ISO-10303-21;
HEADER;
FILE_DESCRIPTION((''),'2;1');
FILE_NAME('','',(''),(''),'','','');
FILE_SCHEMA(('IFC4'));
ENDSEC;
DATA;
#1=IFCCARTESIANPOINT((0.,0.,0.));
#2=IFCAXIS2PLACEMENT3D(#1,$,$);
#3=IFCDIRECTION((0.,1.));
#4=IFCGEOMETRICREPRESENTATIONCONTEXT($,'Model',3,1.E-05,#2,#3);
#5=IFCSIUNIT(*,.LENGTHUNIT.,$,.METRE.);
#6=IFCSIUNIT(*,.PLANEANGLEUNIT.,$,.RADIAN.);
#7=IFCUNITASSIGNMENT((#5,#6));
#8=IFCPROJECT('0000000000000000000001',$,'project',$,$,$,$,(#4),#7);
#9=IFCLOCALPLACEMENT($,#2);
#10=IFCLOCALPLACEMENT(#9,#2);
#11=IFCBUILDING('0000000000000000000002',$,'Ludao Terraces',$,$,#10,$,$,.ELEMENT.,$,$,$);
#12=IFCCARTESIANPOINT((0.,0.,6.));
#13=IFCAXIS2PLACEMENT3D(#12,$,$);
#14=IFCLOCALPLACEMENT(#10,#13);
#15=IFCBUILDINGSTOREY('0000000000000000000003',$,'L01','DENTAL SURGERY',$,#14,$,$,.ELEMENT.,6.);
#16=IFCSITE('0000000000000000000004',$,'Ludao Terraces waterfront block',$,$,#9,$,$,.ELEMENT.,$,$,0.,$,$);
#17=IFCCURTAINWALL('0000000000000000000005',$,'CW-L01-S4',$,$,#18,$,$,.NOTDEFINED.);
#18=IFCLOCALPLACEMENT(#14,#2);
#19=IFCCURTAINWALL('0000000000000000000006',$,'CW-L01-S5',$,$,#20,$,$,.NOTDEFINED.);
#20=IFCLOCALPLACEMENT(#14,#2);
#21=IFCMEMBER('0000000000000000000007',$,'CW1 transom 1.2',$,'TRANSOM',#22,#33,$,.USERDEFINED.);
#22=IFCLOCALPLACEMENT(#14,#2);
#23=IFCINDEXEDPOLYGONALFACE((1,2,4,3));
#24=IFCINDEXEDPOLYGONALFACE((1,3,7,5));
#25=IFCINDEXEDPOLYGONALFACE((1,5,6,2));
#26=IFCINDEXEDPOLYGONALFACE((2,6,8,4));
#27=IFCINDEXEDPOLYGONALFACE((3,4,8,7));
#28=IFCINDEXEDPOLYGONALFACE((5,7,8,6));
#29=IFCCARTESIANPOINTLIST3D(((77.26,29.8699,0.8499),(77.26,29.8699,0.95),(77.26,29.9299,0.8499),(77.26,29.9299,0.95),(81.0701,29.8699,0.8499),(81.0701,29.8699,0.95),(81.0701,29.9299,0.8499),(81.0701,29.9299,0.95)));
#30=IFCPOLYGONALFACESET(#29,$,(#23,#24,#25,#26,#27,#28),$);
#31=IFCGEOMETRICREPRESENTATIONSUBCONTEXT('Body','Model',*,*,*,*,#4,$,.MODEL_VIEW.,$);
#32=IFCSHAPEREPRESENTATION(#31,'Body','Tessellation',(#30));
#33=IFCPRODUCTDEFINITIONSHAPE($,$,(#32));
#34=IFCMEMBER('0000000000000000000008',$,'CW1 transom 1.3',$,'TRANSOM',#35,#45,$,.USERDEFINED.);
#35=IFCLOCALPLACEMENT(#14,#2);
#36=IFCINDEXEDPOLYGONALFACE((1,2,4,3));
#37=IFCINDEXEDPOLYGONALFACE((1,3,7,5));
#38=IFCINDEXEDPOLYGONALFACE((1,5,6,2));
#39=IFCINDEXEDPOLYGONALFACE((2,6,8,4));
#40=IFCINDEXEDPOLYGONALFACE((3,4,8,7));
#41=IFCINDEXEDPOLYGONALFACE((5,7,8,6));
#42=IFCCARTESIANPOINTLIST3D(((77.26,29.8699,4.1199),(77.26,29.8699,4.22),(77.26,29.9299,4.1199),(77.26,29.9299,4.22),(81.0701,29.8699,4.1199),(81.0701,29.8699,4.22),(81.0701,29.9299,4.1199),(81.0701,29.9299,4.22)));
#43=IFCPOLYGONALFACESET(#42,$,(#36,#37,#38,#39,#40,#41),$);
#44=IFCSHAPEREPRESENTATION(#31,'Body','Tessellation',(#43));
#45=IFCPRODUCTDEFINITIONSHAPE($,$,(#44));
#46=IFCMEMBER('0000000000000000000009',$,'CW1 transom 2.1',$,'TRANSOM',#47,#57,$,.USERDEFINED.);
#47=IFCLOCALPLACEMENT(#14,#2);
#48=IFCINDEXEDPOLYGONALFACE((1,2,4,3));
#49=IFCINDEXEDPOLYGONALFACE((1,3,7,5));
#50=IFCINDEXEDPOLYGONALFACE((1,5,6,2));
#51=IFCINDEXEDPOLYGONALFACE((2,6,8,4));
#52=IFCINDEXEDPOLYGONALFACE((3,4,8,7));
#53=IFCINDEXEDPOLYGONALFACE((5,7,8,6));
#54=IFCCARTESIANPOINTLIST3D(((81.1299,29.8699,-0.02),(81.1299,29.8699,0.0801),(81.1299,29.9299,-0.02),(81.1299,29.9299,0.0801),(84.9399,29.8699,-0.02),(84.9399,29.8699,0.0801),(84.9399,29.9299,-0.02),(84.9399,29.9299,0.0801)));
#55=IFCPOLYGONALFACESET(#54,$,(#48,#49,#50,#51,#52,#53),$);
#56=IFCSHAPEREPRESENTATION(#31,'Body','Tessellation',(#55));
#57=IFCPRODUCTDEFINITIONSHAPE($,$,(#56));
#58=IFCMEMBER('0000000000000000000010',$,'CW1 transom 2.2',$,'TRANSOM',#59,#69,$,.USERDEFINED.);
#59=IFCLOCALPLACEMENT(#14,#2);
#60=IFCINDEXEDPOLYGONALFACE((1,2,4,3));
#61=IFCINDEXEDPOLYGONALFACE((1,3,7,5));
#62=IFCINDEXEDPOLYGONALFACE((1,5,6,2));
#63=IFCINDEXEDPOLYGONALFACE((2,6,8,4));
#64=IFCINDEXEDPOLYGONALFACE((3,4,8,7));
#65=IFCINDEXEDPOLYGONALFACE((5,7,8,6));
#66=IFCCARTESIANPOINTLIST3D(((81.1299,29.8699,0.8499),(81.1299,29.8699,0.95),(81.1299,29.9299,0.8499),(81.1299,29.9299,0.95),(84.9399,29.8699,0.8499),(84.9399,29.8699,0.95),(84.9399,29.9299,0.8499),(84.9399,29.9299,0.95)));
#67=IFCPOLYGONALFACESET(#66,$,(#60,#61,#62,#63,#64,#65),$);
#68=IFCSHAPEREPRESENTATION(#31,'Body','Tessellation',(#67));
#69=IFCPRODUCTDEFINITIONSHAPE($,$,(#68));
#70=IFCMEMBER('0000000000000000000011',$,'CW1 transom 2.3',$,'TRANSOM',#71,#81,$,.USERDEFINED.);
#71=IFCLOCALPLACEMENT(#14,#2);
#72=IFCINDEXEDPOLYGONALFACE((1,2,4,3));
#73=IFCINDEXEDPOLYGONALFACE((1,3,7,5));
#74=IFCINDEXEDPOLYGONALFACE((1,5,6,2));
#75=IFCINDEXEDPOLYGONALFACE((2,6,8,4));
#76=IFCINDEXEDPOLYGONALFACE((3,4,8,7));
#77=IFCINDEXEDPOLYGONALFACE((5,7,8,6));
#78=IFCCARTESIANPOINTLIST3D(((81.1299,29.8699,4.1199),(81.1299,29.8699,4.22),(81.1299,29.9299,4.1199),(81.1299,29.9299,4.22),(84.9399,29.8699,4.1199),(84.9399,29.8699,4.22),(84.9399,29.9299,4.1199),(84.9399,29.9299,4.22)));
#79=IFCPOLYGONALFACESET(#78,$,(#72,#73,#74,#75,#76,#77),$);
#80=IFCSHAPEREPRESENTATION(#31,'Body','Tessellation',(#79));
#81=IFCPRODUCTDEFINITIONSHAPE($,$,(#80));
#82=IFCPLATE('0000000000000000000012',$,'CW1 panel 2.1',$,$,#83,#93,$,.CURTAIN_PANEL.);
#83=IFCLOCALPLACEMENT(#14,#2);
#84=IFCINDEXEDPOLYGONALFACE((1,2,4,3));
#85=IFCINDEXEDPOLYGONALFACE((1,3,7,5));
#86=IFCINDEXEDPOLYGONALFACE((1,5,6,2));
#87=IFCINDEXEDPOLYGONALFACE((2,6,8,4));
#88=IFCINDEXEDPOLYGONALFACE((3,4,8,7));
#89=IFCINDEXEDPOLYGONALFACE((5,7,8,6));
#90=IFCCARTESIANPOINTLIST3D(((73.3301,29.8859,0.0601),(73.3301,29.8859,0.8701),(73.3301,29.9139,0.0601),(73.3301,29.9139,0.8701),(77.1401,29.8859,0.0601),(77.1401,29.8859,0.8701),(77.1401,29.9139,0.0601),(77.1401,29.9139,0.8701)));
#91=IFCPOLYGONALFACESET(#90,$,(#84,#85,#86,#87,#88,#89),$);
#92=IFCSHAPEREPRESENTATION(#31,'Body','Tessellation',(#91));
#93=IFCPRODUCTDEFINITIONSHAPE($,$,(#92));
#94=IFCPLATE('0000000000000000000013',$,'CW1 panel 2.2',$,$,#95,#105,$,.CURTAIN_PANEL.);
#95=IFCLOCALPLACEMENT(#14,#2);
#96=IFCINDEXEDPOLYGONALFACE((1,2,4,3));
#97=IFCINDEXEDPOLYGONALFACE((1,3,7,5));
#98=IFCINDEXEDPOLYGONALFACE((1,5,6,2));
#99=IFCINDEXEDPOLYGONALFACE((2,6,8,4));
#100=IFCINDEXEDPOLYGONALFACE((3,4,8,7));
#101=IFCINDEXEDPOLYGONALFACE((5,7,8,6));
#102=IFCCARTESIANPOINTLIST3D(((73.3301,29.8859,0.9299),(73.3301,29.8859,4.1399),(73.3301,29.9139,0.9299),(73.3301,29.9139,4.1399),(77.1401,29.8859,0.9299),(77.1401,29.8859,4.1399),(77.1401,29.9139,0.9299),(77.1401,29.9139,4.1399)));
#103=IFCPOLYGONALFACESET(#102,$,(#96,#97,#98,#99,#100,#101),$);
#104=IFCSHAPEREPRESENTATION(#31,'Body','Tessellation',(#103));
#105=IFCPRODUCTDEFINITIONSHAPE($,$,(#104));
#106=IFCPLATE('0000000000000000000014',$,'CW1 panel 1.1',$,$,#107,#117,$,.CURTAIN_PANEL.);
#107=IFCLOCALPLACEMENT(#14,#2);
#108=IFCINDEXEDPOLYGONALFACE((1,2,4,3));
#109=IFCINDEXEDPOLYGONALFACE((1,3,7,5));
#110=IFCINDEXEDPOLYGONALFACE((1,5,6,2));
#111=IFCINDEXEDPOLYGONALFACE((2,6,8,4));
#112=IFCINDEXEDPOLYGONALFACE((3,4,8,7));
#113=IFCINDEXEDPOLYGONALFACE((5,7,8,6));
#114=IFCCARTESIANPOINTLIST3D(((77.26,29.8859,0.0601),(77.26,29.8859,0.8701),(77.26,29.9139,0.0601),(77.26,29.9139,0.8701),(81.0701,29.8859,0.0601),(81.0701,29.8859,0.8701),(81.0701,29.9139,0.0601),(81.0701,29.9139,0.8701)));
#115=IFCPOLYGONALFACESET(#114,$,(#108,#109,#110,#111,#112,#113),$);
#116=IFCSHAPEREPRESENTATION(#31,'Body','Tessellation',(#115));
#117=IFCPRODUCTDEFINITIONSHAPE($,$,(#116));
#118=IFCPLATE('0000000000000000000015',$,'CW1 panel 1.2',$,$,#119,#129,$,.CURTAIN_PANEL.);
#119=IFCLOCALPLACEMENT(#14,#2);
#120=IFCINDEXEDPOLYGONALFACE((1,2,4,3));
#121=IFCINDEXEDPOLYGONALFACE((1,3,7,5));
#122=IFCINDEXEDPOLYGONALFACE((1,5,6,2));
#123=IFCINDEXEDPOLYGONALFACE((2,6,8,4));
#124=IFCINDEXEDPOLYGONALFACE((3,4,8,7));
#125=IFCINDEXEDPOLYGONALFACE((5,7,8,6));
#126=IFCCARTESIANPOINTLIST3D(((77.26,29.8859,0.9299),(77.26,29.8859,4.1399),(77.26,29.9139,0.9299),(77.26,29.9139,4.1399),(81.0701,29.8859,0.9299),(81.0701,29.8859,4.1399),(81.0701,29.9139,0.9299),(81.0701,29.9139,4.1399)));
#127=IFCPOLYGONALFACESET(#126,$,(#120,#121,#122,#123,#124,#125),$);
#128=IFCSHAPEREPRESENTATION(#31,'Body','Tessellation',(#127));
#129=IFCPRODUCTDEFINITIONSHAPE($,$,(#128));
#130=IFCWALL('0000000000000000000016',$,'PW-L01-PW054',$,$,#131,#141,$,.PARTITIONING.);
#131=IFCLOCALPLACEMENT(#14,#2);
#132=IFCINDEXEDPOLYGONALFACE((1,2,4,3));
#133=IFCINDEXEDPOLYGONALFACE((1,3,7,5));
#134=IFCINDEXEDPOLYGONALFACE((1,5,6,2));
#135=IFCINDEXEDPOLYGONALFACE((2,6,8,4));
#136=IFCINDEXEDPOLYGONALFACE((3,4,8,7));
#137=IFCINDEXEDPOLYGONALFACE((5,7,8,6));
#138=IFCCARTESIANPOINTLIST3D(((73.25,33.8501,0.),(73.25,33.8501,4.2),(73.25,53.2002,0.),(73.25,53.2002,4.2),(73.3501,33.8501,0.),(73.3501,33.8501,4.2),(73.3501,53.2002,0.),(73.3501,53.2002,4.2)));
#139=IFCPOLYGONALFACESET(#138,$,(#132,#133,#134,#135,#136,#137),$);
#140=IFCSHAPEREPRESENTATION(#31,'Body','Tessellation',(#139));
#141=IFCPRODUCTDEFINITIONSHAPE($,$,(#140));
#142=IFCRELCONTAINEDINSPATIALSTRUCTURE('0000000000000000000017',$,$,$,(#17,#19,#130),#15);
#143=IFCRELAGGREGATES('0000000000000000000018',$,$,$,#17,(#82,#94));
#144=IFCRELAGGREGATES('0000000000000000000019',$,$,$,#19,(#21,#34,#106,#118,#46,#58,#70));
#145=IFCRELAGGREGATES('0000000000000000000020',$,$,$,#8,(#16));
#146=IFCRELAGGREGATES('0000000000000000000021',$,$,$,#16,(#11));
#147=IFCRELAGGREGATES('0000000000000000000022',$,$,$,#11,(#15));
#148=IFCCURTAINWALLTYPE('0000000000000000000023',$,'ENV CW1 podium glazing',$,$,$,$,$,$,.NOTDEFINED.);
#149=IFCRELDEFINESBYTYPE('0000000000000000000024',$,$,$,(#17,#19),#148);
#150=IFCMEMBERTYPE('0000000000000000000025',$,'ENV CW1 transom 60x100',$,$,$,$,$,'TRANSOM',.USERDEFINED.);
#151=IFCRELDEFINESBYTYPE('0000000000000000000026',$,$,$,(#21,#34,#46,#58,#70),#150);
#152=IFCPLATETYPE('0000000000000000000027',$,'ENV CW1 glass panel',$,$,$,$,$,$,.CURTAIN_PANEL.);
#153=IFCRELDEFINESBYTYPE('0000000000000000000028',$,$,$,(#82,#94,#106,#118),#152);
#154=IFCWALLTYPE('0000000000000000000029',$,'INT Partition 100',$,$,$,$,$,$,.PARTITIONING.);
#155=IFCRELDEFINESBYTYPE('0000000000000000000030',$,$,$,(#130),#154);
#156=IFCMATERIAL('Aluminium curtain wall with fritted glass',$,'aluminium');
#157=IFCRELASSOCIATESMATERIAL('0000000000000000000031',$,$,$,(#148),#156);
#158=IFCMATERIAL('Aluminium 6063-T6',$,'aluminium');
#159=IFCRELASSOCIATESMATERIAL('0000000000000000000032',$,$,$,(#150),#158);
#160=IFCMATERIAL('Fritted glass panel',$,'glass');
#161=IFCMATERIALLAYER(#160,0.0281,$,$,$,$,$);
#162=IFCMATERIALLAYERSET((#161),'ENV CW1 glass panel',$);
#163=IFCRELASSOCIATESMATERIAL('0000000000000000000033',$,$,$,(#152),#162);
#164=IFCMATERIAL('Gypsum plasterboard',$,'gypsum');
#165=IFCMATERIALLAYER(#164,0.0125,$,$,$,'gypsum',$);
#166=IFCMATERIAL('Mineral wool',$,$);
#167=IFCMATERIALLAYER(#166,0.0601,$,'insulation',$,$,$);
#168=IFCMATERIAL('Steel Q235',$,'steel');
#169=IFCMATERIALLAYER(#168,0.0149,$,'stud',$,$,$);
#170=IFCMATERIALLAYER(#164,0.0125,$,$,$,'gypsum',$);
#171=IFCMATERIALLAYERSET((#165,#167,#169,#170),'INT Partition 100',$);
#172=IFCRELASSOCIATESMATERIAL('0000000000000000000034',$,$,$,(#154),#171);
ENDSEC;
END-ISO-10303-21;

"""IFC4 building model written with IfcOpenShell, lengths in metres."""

from ifc_helpers import new_model, si_unit, direction, frame, frame_2d, origin, origin_2d, place, context, subcontext, project, spatial, rectangle, extrude, material, layer, layer_set, material_profile, profile_set, type_object, element, aggregate, save


model = new_model("IFC4")

# Units and contexts
model_context = context("Model", 3, precision=1e-05, world=origin(), true_north=direction((0.0, 1.0)))
body_context = subcontext(model_context, "Body", "Model", "MODEL_VIEW")
ifc_project = project(units=[si_unit("LENGTHUNIT", "METRE"), si_unit("PLANEANGLEUNIT", "RADIAN")], contexts=[model_context])

# Site, building, storey
site_placement = place(None, origin())
site = spatial("IfcSite", under=ifc_project, at=site_placement, Name="Ludao Terraces waterfront block", CompositionType="ELEMENT", RefElevation=0.0)
building_placement = place(site_placement, origin())
building = spatial("IfcBuilding", under=site, at=building_placement, Name="Ludao Terraces", CompositionType="ELEMENT")
storey_placement = place(building_placement, frame((0.0, 0.0, 6.0)))
storey = spatial("IfcBuildingStorey", under=building, at=storey_placement, Name="L01", Description="DENTAL SURGERY", CompositionType="ELEMENT", Elevation=6.0)

# Curtain wall
ifc_material_1 = material(Name="Aluminium curtain wall with fritted glass", Category="aluminium")
curtain_wall_type = type_object("IfcCurtainWallType", Name="ENV CW1 podium glazing", PredefinedType="NOTDEFINED", material=ifc_material_1)
curtain_wall_1_placement = place(storey_placement, origin())
curtain_wall_1 = element("IfcCurtainWall", 1, at=curtain_wall_1_placement, inside=storey, type_object=curtain_wall_type, Name="CW-L01-S4", PredefinedType="NOTDEFINED")
ifc_material_2 = material(Name="Aluminium 6063-T6", Category="aluminium")

# Curtain wall
curtain_wall_2_placement = place(storey_placement, origin())
curtain_wall_2 = element("IfcCurtainWall", 2, at=curtain_wall_2_placement, inside=storey, type_object=curtain_wall_type, Name="CW-L01-S5", PredefinedType="NOTDEFINED")

# Members
ifc_material_profile_1 = material_profile(ifc_material_2, rectangle(XDim=0.0601, YDim=0.1001, at=origin_2d()), Name="60 X 100")
ifc_profile_set_1 = profile_set([ifc_material_profile_1], Name="Aluminium 6063-T6")
member_type_1 = type_object("IfcMemberType", Name="ENV CW1 transom 60x100", ElementType="TRANSOM", PredefinedType="USERDEFINED", material=ifc_profile_set_1)
member_1_placement = place(storey_placement, frame((77.26, 29.8999, 0.8999), z_axis=(1.0, 0.0, 0.0), x_axis=(0.0, 1.0, 0.0)))
member_1 = element("IfcMember", 3, at=member_1_placement, type_object=member_type_1, Name="CW1 transom 1.2", ObjectType="TRANSOM", PredefinedType="USERDEFINED", context=body_context, shape_type="SweptSolid", body=[
    extrude(rectangle(XDim=0.0601, YDim=0.1001, at=origin_2d()), origin(), (0.0, 0.0, 1.0), 3.8101),
])
member_2_placement = place(storey_placement, frame((77.26, 29.8999, 4.1699), z_axis=(1.0, 0.0, 0.0), x_axis=(0.0, 1.0, 0.0)))
member_2 = element("IfcMember", 4, at=member_2_placement, type_object=member_type_1, Name="CW1 transom 1.3", ObjectType="TRANSOM", PredefinedType="USERDEFINED", context=body_context, shape_type="SweptSolid", body=[
    extrude(rectangle(XDim=0.0601, YDim=0.1001, at=origin_2d()), origin(), (0.0, 0.0, 1.0), 3.8101),
])
member_3_placement = place(storey_placement, frame((81.1299, 29.8999, 0.03), z_axis=(1.0, 0.0, 0.0), x_axis=(0.0, 1.0, 0.0)))
member_3 = element("IfcMember", 5, at=member_3_placement, type_object=member_type_1, Name="CW1 transom 2.1", ObjectType="TRANSOM", PredefinedType="USERDEFINED", context=body_context, shape_type="SweptSolid", body=[
    extrude(rectangle(XDim=0.0601, YDim=0.1001, at=origin_2d()), origin(), (0.0, 0.0, 1.0), 3.8101),
])
member_4_placement = place(storey_placement, frame((81.1299, 29.8999, 0.8999), z_axis=(1.0, 0.0, 0.0), x_axis=(0.0, 1.0, 0.0)))
member_4 = element("IfcMember", 6, at=member_4_placement, type_object=member_type_1, Name="CW1 transom 2.2", ObjectType="TRANSOM", PredefinedType="USERDEFINED", context=body_context, shape_type="SweptSolid", body=[
    extrude(rectangle(XDim=0.0601, YDim=0.1001, at=origin_2d()), origin(), (0.0, 0.0, 1.0), 3.8101),
])
member_5_placement = place(storey_placement, frame((81.1299, 29.8999, 4.1699), z_axis=(1.0, 0.0, 0.0), x_axis=(0.0, 1.0, 0.0)))
member_5 = element("IfcMember", 7, at=member_5_placement, type_object=member_type_1, Name="CW1 transom 2.3", ObjectType="TRANSOM", PredefinedType="USERDEFINED", context=body_context, shape_type="SweptSolid", body=[
    extrude(rectangle(XDim=0.0601, YDim=0.1001, at=origin_2d()), origin(), (0.0, 0.0, 1.0), 3.8101),
])

# Plates
ifc_material_3 = material(Name="Fritted glass panel", Category="glass")
ifc_layer_1 = layer(ifc_material_3, 0.0281)
ifc_layer_set_1 = layer_set([ifc_layer_1], Name="ENV CW1 glass panel")
plate_type = type_object("IfcPlateType", Name="ENV CW1 glass panel", PredefinedType="CURTAIN_PANEL", material=ifc_layer_set_1)
plate_1_placement = place(storey_placement, frame((75.2351, 29.8999, 0.0601), z_axis=(0.0, 0.0, 1.0), x_axis=(1.0, 0.0, 0.0)))
plate_1 = element("IfcPlate", 8, at=plate_1_placement, type_object=plate_type, Name="CW1 panel 2.1", PredefinedType="CURTAIN_PANEL", context=body_context, shape_type="SweptSolid", body=[
    extrude(rectangle(XDim=3.8101, YDim=0.0281, at=origin_2d()), origin(), (0.0, 0.0, 1.0), 0.8101),
])
plate_2_placement = place(storey_placement, frame((75.2351, 29.8999, 0.9299), z_axis=(0.0, 0.0, 1.0), x_axis=(1.0, 0.0, 0.0)))
plate_2 = element("IfcPlate", 9, at=plate_2_placement, type_object=plate_type, Name="CW1 panel 2.2", PredefinedType="CURTAIN_PANEL", context=body_context, shape_type="SweptSolid", body=[
    extrude(rectangle(XDim=3.8101, YDim=0.0281, at=origin_2d()), origin(), (0.0, 0.0, 1.0), 3.21),
])
aggregate(curtain_wall_1, [plate_1, plate_2])
plate_3_placement = place(storey_placement, frame((79.165, 29.8999, 0.0601), z_axis=(0.0, 0.0, 1.0), x_axis=(1.0, 0.0, 0.0)))
plate_3 = element("IfcPlate", 10, at=plate_3_placement, type_object=plate_type, Name="CW1 panel 1.1", PredefinedType="CURTAIN_PANEL", context=body_context, shape_type="SweptSolid", body=[
    extrude(rectangle(XDim=3.8101, YDim=0.0281, at=origin_2d()), origin(), (0.0, 0.0, 1.0), 0.8101),
])
plate_4_placement = place(storey_placement, frame((79.165, 29.8999, 0.9299), z_axis=(0.0, 0.0, 1.0), x_axis=(1.0, 0.0, 0.0)))
plate_4 = element("IfcPlate", 11, at=plate_4_placement, type_object=plate_type, Name="CW1 panel 1.2", PredefinedType="CURTAIN_PANEL", context=body_context, shape_type="SweptSolid", body=[
    extrude(rectangle(XDim=3.8101, YDim=0.0281, at=origin_2d()), origin(), (0.0, 0.0, 1.0), 3.21),
])
aggregate(curtain_wall_2, [member_1, member_2, plate_3, plate_4, member_3, member_4, member_5])

# Wall
ifc_material_4 = material(Name="Gypsum plasterboard", Category="gypsum")
ifc_layer_2 = layer(ifc_material_4, 0.0125, Category="gypsum")
ifc_material_5 = material(Name="Mineral wool")
ifc_layer_3 = layer(ifc_material_5, 0.0601, Name="insulation")
ifc_material_6 = material(Name="Steel Q235", Category="steel")
ifc_layer_4 = layer(ifc_material_6, 0.0149, Name="stud")
ifc_layer_5 = layer(ifc_material_4, 0.0125, Category="gypsum")
ifc_layer_set_2 = layer_set([ifc_layer_2, ifc_layer_3, ifc_layer_4, ifc_layer_5], Name="INT Partition 100")
wall_type = type_object("IfcWallType", Name="INT Partition 100", PredefinedType="PARTITIONING", material=ifc_layer_set_2)
wall_1_placement = place(storey_placement, frame((73.3, 33.8501, 0.0), z_axis=(0.0, 0.0, 1.0), x_axis=(0.0, 1.0, 0.0)))
element("IfcWall", 12, at=wall_1_placement, inside=storey, type_object=wall_type, Name="PW-L01-PW054", PredefinedType="PARTITIONING", context=body_context, shape_type="SweptSolid", body=[
    extrude(rectangle(XDim=19.3501, YDim=0.1001, at=frame_2d((9.675, 0.0))), origin(), (0.0, 0.0, 1.0), 4.2),
])

save(model, "model.ifc")
